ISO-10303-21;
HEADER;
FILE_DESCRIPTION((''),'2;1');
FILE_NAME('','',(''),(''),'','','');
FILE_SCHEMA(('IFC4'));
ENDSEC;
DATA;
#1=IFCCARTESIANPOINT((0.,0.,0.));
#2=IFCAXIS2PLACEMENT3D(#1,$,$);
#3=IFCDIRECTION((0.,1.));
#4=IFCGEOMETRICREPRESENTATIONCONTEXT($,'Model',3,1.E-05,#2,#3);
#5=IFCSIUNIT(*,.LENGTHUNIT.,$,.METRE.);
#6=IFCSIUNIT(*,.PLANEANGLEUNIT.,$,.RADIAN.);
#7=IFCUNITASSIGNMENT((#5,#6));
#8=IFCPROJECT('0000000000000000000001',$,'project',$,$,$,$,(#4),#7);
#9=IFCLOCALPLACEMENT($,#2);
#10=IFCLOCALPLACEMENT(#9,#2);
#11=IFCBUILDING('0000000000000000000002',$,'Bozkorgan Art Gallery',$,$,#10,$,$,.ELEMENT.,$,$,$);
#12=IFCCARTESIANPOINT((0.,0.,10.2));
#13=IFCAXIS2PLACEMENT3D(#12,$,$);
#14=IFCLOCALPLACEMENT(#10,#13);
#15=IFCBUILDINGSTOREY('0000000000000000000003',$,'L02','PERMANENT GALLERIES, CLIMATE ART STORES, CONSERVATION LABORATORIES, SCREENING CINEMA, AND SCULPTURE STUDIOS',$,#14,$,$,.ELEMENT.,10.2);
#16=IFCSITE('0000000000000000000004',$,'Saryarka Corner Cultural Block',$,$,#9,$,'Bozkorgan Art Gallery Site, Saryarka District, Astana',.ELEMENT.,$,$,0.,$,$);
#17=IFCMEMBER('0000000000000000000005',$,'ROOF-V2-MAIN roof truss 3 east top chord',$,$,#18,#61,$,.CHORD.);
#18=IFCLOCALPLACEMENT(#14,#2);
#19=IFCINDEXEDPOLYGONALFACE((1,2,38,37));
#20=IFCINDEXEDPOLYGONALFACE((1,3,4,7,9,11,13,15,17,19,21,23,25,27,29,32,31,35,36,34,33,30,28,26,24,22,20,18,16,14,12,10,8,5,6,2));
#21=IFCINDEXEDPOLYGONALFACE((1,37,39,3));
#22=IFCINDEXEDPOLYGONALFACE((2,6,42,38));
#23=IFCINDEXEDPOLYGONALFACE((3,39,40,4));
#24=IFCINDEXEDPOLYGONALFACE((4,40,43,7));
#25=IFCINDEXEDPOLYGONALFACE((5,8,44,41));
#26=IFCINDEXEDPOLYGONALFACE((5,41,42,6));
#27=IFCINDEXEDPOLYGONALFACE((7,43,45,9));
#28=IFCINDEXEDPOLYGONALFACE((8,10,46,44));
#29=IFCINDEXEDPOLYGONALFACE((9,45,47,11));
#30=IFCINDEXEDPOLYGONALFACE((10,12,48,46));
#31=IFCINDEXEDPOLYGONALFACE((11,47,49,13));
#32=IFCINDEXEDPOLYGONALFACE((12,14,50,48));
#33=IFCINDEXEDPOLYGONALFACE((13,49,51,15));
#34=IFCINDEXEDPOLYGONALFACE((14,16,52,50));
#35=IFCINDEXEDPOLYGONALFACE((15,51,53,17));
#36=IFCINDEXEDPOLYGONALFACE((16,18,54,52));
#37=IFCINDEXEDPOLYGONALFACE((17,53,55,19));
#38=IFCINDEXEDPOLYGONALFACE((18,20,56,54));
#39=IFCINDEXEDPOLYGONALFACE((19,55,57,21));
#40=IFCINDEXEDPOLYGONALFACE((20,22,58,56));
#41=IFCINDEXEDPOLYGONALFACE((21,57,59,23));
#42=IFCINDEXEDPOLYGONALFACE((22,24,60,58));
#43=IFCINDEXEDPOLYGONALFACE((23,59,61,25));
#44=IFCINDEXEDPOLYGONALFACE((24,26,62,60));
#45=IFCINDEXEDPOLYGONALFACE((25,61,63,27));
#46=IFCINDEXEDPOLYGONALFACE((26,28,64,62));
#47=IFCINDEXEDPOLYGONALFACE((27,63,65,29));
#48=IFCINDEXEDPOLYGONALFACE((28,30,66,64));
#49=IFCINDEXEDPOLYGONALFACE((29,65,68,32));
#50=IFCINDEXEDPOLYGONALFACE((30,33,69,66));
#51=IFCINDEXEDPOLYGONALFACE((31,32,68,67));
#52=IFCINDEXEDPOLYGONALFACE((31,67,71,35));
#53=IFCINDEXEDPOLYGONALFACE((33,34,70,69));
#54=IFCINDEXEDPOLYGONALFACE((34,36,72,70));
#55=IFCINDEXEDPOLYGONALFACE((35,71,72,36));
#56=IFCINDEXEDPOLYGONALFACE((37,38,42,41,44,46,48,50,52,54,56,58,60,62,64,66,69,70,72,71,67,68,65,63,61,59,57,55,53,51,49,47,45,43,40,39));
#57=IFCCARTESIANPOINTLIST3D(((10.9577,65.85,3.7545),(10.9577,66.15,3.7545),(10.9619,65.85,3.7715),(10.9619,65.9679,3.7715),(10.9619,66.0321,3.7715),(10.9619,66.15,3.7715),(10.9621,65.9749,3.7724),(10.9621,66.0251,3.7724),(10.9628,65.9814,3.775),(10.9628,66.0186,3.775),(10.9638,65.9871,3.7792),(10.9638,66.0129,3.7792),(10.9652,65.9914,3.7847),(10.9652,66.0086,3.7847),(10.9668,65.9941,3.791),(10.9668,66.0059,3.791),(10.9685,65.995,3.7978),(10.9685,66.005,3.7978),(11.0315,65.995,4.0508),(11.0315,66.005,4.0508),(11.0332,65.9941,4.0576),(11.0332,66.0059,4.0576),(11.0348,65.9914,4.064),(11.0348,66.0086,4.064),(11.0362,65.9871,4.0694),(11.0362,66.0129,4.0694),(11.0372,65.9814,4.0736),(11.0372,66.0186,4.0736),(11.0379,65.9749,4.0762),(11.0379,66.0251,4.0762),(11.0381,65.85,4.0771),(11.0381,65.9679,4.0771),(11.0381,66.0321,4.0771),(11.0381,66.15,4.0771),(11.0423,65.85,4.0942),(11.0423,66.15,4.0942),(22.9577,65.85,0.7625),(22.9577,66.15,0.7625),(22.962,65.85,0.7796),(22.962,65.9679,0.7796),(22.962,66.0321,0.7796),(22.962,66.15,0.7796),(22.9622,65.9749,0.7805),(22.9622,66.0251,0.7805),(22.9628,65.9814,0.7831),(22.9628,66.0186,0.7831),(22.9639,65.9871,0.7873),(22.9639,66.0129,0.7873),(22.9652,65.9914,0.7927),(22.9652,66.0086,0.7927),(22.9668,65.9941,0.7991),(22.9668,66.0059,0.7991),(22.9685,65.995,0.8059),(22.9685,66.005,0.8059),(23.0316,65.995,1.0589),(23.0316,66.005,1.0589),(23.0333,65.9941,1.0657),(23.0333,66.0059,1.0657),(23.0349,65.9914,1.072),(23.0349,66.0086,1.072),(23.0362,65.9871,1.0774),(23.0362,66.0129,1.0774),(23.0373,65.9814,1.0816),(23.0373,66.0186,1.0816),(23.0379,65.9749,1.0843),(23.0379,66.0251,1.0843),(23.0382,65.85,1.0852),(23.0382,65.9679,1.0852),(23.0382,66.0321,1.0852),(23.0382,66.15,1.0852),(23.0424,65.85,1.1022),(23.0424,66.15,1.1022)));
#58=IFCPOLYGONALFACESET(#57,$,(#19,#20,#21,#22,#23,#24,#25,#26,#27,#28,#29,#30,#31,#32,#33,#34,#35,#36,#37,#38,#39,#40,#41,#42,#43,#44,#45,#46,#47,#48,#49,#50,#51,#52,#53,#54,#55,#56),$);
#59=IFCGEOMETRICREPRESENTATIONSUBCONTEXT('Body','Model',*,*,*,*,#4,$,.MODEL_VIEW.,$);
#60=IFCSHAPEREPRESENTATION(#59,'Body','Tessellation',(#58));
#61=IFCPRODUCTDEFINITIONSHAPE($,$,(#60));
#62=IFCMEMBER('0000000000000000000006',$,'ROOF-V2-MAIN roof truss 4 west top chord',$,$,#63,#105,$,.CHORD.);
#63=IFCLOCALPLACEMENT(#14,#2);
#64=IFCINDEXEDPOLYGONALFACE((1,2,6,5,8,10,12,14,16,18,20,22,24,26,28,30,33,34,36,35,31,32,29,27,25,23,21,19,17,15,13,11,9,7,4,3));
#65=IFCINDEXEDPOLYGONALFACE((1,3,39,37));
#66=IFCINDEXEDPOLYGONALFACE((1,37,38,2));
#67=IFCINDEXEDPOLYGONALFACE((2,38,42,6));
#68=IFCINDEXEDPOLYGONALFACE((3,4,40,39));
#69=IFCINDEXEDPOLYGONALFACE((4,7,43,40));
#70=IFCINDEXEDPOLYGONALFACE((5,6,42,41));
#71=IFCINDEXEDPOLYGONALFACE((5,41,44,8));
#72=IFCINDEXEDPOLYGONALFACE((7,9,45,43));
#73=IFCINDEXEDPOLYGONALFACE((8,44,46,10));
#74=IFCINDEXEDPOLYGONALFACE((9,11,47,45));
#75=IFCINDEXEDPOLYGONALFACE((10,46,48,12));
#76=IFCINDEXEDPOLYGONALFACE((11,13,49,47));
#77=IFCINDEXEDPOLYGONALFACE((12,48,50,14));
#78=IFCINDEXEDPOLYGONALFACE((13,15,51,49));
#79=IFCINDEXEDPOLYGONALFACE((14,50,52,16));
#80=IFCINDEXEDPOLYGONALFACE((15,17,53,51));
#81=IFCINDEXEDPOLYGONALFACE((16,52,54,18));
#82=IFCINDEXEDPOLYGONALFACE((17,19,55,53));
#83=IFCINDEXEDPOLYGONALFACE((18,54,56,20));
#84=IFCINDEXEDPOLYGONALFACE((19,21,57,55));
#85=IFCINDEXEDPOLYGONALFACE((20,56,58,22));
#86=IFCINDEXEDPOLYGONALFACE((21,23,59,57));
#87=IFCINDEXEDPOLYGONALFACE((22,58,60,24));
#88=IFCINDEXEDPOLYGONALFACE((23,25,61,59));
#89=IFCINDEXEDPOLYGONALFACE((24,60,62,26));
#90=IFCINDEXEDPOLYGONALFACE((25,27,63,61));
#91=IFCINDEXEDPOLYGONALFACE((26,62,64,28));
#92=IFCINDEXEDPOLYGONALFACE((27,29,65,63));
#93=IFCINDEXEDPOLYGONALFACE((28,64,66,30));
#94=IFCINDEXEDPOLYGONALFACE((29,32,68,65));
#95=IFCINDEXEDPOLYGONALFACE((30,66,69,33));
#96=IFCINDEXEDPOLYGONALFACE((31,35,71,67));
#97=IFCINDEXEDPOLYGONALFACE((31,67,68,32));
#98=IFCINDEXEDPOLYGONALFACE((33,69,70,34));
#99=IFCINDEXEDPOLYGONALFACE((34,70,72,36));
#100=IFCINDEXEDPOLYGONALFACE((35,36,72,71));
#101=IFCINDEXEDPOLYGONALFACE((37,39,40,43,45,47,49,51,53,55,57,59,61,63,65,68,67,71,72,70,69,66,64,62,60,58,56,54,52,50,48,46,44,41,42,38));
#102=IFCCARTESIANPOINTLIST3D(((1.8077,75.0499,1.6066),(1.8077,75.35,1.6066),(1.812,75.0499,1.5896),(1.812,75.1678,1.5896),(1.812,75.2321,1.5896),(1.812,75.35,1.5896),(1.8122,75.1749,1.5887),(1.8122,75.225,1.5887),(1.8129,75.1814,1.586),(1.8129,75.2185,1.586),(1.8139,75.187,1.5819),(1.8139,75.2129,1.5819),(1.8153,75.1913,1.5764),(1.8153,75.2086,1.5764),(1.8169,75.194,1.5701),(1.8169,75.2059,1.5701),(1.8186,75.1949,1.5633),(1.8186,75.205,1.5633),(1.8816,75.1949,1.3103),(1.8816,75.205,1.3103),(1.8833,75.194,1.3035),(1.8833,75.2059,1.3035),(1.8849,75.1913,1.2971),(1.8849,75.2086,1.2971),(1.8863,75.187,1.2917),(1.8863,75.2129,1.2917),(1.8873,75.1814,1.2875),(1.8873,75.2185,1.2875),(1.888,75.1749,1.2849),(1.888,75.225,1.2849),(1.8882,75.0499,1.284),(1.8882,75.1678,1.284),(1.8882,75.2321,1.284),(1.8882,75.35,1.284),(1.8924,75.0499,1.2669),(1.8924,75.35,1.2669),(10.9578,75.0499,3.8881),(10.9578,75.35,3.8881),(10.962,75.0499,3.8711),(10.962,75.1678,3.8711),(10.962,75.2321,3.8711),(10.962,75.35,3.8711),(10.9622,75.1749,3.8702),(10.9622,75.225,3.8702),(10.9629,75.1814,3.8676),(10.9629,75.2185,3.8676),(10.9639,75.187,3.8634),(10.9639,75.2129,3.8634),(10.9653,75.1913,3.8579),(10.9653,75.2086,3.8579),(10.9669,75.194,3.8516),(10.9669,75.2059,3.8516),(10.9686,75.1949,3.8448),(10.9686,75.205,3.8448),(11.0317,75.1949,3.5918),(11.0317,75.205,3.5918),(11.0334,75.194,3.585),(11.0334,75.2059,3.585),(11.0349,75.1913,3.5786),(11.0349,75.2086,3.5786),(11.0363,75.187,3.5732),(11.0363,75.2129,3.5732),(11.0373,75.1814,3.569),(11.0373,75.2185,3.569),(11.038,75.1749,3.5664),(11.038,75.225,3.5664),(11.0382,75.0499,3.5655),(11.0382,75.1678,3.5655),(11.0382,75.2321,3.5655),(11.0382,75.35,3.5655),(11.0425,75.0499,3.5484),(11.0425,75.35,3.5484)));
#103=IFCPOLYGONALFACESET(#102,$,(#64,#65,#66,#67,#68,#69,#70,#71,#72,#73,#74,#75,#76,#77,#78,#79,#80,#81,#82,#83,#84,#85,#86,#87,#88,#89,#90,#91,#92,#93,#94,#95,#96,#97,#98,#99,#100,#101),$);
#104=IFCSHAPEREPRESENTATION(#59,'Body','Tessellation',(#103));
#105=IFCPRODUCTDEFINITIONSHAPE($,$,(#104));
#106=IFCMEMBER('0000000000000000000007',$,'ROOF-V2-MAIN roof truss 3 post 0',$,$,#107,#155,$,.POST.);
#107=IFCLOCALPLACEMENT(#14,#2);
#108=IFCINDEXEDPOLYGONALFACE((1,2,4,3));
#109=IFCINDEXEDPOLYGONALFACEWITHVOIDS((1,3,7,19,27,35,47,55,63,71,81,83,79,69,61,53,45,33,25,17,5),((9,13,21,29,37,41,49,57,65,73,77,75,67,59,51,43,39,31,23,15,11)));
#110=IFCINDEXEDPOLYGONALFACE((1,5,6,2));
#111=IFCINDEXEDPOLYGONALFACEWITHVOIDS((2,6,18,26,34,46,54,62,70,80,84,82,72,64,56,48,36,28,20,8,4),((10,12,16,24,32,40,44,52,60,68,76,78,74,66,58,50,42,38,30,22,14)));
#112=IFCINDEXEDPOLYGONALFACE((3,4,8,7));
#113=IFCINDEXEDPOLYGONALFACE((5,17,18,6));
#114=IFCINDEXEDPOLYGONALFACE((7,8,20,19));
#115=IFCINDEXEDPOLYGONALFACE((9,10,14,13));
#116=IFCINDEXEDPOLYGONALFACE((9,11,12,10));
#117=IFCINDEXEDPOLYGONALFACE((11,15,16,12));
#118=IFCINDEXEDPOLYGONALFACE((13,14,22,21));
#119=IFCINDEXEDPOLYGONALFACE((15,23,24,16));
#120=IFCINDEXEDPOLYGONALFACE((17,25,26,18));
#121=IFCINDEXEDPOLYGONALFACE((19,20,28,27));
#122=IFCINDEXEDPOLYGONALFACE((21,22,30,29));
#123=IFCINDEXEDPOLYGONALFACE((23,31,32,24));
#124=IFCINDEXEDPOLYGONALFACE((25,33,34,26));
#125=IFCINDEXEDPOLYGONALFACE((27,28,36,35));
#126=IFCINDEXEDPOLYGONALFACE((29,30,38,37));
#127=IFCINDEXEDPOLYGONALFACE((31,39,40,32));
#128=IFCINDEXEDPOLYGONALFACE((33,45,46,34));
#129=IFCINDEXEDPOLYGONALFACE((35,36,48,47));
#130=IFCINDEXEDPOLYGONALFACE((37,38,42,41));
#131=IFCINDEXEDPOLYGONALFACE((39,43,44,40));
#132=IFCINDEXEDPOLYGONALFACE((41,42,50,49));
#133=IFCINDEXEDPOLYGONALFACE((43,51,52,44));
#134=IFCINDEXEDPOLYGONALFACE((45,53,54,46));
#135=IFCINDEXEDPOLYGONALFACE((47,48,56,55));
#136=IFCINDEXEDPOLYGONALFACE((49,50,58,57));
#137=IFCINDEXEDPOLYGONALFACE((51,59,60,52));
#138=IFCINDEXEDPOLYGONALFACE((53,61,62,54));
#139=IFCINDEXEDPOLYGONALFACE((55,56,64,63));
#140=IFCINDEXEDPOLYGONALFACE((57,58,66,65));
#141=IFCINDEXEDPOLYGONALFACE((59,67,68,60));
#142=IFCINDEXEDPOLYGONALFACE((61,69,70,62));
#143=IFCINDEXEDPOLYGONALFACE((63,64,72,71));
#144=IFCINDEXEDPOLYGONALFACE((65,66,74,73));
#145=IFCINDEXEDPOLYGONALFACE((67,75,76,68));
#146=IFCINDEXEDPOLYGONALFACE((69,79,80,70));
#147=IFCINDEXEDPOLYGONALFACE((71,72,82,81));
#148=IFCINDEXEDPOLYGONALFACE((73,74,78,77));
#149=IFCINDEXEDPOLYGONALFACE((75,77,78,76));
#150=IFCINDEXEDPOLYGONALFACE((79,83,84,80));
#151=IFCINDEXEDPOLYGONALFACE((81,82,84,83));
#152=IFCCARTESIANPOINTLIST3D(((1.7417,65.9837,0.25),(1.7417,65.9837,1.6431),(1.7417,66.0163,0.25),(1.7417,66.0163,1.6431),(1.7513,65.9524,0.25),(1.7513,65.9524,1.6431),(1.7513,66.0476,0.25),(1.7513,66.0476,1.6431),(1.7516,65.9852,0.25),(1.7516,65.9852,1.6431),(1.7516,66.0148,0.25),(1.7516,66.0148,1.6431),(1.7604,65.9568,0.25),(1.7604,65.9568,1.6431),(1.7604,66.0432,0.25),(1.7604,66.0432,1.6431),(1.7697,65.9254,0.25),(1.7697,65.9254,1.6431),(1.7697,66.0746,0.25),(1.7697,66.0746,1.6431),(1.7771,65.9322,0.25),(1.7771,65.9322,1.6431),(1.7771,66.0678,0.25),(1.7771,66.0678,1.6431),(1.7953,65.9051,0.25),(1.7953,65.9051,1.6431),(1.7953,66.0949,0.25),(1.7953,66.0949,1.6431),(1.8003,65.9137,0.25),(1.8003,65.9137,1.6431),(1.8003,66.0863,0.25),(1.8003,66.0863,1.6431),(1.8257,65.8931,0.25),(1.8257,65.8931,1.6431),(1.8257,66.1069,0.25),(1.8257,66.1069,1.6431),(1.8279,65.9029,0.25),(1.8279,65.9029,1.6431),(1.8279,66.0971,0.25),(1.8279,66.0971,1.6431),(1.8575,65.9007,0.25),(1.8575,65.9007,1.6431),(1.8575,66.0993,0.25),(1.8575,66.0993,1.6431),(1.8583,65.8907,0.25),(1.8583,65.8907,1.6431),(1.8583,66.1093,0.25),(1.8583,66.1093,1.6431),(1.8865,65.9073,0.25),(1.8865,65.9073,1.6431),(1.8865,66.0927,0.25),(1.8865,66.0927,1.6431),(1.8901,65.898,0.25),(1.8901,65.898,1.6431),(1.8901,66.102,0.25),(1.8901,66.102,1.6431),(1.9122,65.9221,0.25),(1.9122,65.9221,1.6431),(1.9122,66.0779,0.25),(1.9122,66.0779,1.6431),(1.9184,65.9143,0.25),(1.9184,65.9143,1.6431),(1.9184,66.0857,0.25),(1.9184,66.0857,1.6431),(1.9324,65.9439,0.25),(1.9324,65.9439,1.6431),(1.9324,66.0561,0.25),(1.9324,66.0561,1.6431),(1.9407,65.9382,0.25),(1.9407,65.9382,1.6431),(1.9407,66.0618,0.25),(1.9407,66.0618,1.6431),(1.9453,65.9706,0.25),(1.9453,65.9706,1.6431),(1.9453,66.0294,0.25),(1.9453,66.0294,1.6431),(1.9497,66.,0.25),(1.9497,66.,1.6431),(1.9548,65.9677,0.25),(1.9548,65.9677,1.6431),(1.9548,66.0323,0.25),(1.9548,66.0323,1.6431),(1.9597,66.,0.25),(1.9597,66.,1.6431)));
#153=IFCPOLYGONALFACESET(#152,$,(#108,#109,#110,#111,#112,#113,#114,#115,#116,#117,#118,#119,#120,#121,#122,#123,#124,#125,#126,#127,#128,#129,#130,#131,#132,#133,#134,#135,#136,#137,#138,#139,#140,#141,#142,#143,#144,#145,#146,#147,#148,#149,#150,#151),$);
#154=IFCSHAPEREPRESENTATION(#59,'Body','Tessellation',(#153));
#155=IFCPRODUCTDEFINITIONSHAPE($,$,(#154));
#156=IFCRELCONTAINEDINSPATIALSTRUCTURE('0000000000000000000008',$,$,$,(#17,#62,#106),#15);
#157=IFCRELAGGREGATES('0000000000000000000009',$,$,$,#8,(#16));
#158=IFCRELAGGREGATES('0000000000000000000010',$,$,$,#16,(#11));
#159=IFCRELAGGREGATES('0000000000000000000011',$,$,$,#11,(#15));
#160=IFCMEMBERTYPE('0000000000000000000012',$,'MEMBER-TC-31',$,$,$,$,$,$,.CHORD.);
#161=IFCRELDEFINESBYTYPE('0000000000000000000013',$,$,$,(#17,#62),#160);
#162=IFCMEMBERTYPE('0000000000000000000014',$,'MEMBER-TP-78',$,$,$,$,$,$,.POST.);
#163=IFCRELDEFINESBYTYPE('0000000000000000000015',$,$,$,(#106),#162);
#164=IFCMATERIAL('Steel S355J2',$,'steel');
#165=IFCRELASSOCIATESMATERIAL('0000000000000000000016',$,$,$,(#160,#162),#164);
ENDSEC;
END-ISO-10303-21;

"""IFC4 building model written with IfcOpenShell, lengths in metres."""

from ifc_helpers import new_model, si_unit, direction, frame, origin, origin_2d, place, context, subcontext, project, spatial, hollow_circle, i_section, extrude, material, material_profile, profile_set, type_object, element, save


model = new_model("IFC4")

# Units and contexts
model_context = context("Model", 3, precision=1e-05, world=origin(), true_north=direction((0.0, 1.0)))
body_context = subcontext(model_context, "Body", "Model", "MODEL_VIEW")
ifc_project = project(units=[si_unit("LENGTHUNIT", "METRE"), si_unit("PLANEANGLEUNIT", "RADIAN")], contexts=[model_context])

# Site, building, storey
site_placement = place(None, origin())
site = spatial("IfcSite", under=ifc_project, at=site_placement, Name="Saryarka Corner Cultural Block", LongName="Bozkorgan Art Gallery Site, Saryarka District, Astana", CompositionType="ELEMENT", RefElevation=0.0)
building_placement = place(site_placement, origin())
building = spatial("IfcBuilding", under=site, at=building_placement, Name="Bozkorgan Art Gallery", CompositionType="ELEMENT")
storey_placement = place(building_placement, frame((0.0, 0.0, 10.2)))
storey = spatial("IfcBuildingStorey", under=building, at=storey_placement, Name="L02", Description="PERMANENT GALLERIES, CLIMATE ART STORES, CONSERVATION LABORATORIES, SCREENING CINEMA, AND SCULPTURE STUDIOS", CompositionType="ELEMENT", Elevation=10.2)

# Shared definitions
ifc_material_1 = material(Name="Steel S355J2", Category="steel")

# Members
ifc_material_profile_1 = material_profile(ifc_material_1, i_section(OverallWidth=0.3, OverallDepth=0.3501, WebThickness=0.01, FlangeThickness=0.0176, FilletRadius=0.0271, at=origin_2d()), Name="HEA 360")
ifc_profile_set_1 = profile_set([ifc_material_profile_1], Name="Steel S355J2")
member_type_1 = type_object("IfcMemberType", Name="MEMBER-TC-31", PredefinedType="CHORD", material=ifc_profile_set_1)
member_1_placement = place(storey_placement, frame((11.0, 66.0, 3.9243), z_axis=(0.970296, 0.0, -0.241922), x_axis=(0.0, 1.0, 0.0)))
element("IfcMember", 1, at=member_1_placement, inside=storey, type_object=member_type_1, Name="ROOF-V2-MAIN roof truss 3 east top chord", PredefinedType="CHORD", context=body_context, shape_type="SweptSolid", body=[
    extrude(i_section(OverallWidth=0.3, OverallDepth=0.3501, WebThickness=0.01, FlangeThickness=0.0176, FilletRadius=0.0271, at=origin_2d()), origin(), (0.0, 0.0, 1.0), 12.3674),
])
member_2_placement = place(storey_placement, frame((1.8501, 75.2, 1.4368), z_axis=(0.970292, 0.0, 0.241939), x_axis=(0.0, 1.0, 0.0)))
element("IfcMember", 2, at=member_2_placement, inside=storey, type_object=member_type_1, Name="ROOF-V2-MAIN roof truss 4 west top chord", PredefinedType="CHORD", context=body_context, shape_type="SweptSolid", body=[
    extrude(i_section(OverallWidth=0.3, OverallDepth=0.3501, WebThickness=0.01, FlangeThickness=0.0176, FilletRadius=0.0271, at=origin_2d()), origin(), (0.0, 0.0, 1.0), 9.4302),
])
ifc_material_profile_2 = material_profile(ifc_material_1, hollow_circle(Radius=0.1096, WallThickness=0.01, at=origin_2d()), Name="CHS 219.1x10")
ifc_profile_set_2 = profile_set([ifc_material_profile_2], Name="Steel S355J2")
member_type_2 = type_object("IfcMemberType", Name="MEMBER-TP-78", PredefinedType="POST", material=ifc_profile_set_2)
member_3_placement = place(storey_placement, frame((1.8501, 66.0, 0.25), z_axis=(0.0, 0.0, 1.0), x_axis=(1.0, 0.0, 0.0)))
element("IfcMember", 3, at=member_3_placement, inside=storey, type_object=member_type_2, Name="ROOF-V2-MAIN roof truss 3 post 0", PredefinedType="POST", context=body_context, shape_type="SweptSolid", body=[
    extrude(hollow_circle(Radius=0.1096, WallThickness=0.01, at=origin_2d()), origin(), (0.0, 0.0, 1.0), 1.3931),
])

save(model, "model.ifc")
